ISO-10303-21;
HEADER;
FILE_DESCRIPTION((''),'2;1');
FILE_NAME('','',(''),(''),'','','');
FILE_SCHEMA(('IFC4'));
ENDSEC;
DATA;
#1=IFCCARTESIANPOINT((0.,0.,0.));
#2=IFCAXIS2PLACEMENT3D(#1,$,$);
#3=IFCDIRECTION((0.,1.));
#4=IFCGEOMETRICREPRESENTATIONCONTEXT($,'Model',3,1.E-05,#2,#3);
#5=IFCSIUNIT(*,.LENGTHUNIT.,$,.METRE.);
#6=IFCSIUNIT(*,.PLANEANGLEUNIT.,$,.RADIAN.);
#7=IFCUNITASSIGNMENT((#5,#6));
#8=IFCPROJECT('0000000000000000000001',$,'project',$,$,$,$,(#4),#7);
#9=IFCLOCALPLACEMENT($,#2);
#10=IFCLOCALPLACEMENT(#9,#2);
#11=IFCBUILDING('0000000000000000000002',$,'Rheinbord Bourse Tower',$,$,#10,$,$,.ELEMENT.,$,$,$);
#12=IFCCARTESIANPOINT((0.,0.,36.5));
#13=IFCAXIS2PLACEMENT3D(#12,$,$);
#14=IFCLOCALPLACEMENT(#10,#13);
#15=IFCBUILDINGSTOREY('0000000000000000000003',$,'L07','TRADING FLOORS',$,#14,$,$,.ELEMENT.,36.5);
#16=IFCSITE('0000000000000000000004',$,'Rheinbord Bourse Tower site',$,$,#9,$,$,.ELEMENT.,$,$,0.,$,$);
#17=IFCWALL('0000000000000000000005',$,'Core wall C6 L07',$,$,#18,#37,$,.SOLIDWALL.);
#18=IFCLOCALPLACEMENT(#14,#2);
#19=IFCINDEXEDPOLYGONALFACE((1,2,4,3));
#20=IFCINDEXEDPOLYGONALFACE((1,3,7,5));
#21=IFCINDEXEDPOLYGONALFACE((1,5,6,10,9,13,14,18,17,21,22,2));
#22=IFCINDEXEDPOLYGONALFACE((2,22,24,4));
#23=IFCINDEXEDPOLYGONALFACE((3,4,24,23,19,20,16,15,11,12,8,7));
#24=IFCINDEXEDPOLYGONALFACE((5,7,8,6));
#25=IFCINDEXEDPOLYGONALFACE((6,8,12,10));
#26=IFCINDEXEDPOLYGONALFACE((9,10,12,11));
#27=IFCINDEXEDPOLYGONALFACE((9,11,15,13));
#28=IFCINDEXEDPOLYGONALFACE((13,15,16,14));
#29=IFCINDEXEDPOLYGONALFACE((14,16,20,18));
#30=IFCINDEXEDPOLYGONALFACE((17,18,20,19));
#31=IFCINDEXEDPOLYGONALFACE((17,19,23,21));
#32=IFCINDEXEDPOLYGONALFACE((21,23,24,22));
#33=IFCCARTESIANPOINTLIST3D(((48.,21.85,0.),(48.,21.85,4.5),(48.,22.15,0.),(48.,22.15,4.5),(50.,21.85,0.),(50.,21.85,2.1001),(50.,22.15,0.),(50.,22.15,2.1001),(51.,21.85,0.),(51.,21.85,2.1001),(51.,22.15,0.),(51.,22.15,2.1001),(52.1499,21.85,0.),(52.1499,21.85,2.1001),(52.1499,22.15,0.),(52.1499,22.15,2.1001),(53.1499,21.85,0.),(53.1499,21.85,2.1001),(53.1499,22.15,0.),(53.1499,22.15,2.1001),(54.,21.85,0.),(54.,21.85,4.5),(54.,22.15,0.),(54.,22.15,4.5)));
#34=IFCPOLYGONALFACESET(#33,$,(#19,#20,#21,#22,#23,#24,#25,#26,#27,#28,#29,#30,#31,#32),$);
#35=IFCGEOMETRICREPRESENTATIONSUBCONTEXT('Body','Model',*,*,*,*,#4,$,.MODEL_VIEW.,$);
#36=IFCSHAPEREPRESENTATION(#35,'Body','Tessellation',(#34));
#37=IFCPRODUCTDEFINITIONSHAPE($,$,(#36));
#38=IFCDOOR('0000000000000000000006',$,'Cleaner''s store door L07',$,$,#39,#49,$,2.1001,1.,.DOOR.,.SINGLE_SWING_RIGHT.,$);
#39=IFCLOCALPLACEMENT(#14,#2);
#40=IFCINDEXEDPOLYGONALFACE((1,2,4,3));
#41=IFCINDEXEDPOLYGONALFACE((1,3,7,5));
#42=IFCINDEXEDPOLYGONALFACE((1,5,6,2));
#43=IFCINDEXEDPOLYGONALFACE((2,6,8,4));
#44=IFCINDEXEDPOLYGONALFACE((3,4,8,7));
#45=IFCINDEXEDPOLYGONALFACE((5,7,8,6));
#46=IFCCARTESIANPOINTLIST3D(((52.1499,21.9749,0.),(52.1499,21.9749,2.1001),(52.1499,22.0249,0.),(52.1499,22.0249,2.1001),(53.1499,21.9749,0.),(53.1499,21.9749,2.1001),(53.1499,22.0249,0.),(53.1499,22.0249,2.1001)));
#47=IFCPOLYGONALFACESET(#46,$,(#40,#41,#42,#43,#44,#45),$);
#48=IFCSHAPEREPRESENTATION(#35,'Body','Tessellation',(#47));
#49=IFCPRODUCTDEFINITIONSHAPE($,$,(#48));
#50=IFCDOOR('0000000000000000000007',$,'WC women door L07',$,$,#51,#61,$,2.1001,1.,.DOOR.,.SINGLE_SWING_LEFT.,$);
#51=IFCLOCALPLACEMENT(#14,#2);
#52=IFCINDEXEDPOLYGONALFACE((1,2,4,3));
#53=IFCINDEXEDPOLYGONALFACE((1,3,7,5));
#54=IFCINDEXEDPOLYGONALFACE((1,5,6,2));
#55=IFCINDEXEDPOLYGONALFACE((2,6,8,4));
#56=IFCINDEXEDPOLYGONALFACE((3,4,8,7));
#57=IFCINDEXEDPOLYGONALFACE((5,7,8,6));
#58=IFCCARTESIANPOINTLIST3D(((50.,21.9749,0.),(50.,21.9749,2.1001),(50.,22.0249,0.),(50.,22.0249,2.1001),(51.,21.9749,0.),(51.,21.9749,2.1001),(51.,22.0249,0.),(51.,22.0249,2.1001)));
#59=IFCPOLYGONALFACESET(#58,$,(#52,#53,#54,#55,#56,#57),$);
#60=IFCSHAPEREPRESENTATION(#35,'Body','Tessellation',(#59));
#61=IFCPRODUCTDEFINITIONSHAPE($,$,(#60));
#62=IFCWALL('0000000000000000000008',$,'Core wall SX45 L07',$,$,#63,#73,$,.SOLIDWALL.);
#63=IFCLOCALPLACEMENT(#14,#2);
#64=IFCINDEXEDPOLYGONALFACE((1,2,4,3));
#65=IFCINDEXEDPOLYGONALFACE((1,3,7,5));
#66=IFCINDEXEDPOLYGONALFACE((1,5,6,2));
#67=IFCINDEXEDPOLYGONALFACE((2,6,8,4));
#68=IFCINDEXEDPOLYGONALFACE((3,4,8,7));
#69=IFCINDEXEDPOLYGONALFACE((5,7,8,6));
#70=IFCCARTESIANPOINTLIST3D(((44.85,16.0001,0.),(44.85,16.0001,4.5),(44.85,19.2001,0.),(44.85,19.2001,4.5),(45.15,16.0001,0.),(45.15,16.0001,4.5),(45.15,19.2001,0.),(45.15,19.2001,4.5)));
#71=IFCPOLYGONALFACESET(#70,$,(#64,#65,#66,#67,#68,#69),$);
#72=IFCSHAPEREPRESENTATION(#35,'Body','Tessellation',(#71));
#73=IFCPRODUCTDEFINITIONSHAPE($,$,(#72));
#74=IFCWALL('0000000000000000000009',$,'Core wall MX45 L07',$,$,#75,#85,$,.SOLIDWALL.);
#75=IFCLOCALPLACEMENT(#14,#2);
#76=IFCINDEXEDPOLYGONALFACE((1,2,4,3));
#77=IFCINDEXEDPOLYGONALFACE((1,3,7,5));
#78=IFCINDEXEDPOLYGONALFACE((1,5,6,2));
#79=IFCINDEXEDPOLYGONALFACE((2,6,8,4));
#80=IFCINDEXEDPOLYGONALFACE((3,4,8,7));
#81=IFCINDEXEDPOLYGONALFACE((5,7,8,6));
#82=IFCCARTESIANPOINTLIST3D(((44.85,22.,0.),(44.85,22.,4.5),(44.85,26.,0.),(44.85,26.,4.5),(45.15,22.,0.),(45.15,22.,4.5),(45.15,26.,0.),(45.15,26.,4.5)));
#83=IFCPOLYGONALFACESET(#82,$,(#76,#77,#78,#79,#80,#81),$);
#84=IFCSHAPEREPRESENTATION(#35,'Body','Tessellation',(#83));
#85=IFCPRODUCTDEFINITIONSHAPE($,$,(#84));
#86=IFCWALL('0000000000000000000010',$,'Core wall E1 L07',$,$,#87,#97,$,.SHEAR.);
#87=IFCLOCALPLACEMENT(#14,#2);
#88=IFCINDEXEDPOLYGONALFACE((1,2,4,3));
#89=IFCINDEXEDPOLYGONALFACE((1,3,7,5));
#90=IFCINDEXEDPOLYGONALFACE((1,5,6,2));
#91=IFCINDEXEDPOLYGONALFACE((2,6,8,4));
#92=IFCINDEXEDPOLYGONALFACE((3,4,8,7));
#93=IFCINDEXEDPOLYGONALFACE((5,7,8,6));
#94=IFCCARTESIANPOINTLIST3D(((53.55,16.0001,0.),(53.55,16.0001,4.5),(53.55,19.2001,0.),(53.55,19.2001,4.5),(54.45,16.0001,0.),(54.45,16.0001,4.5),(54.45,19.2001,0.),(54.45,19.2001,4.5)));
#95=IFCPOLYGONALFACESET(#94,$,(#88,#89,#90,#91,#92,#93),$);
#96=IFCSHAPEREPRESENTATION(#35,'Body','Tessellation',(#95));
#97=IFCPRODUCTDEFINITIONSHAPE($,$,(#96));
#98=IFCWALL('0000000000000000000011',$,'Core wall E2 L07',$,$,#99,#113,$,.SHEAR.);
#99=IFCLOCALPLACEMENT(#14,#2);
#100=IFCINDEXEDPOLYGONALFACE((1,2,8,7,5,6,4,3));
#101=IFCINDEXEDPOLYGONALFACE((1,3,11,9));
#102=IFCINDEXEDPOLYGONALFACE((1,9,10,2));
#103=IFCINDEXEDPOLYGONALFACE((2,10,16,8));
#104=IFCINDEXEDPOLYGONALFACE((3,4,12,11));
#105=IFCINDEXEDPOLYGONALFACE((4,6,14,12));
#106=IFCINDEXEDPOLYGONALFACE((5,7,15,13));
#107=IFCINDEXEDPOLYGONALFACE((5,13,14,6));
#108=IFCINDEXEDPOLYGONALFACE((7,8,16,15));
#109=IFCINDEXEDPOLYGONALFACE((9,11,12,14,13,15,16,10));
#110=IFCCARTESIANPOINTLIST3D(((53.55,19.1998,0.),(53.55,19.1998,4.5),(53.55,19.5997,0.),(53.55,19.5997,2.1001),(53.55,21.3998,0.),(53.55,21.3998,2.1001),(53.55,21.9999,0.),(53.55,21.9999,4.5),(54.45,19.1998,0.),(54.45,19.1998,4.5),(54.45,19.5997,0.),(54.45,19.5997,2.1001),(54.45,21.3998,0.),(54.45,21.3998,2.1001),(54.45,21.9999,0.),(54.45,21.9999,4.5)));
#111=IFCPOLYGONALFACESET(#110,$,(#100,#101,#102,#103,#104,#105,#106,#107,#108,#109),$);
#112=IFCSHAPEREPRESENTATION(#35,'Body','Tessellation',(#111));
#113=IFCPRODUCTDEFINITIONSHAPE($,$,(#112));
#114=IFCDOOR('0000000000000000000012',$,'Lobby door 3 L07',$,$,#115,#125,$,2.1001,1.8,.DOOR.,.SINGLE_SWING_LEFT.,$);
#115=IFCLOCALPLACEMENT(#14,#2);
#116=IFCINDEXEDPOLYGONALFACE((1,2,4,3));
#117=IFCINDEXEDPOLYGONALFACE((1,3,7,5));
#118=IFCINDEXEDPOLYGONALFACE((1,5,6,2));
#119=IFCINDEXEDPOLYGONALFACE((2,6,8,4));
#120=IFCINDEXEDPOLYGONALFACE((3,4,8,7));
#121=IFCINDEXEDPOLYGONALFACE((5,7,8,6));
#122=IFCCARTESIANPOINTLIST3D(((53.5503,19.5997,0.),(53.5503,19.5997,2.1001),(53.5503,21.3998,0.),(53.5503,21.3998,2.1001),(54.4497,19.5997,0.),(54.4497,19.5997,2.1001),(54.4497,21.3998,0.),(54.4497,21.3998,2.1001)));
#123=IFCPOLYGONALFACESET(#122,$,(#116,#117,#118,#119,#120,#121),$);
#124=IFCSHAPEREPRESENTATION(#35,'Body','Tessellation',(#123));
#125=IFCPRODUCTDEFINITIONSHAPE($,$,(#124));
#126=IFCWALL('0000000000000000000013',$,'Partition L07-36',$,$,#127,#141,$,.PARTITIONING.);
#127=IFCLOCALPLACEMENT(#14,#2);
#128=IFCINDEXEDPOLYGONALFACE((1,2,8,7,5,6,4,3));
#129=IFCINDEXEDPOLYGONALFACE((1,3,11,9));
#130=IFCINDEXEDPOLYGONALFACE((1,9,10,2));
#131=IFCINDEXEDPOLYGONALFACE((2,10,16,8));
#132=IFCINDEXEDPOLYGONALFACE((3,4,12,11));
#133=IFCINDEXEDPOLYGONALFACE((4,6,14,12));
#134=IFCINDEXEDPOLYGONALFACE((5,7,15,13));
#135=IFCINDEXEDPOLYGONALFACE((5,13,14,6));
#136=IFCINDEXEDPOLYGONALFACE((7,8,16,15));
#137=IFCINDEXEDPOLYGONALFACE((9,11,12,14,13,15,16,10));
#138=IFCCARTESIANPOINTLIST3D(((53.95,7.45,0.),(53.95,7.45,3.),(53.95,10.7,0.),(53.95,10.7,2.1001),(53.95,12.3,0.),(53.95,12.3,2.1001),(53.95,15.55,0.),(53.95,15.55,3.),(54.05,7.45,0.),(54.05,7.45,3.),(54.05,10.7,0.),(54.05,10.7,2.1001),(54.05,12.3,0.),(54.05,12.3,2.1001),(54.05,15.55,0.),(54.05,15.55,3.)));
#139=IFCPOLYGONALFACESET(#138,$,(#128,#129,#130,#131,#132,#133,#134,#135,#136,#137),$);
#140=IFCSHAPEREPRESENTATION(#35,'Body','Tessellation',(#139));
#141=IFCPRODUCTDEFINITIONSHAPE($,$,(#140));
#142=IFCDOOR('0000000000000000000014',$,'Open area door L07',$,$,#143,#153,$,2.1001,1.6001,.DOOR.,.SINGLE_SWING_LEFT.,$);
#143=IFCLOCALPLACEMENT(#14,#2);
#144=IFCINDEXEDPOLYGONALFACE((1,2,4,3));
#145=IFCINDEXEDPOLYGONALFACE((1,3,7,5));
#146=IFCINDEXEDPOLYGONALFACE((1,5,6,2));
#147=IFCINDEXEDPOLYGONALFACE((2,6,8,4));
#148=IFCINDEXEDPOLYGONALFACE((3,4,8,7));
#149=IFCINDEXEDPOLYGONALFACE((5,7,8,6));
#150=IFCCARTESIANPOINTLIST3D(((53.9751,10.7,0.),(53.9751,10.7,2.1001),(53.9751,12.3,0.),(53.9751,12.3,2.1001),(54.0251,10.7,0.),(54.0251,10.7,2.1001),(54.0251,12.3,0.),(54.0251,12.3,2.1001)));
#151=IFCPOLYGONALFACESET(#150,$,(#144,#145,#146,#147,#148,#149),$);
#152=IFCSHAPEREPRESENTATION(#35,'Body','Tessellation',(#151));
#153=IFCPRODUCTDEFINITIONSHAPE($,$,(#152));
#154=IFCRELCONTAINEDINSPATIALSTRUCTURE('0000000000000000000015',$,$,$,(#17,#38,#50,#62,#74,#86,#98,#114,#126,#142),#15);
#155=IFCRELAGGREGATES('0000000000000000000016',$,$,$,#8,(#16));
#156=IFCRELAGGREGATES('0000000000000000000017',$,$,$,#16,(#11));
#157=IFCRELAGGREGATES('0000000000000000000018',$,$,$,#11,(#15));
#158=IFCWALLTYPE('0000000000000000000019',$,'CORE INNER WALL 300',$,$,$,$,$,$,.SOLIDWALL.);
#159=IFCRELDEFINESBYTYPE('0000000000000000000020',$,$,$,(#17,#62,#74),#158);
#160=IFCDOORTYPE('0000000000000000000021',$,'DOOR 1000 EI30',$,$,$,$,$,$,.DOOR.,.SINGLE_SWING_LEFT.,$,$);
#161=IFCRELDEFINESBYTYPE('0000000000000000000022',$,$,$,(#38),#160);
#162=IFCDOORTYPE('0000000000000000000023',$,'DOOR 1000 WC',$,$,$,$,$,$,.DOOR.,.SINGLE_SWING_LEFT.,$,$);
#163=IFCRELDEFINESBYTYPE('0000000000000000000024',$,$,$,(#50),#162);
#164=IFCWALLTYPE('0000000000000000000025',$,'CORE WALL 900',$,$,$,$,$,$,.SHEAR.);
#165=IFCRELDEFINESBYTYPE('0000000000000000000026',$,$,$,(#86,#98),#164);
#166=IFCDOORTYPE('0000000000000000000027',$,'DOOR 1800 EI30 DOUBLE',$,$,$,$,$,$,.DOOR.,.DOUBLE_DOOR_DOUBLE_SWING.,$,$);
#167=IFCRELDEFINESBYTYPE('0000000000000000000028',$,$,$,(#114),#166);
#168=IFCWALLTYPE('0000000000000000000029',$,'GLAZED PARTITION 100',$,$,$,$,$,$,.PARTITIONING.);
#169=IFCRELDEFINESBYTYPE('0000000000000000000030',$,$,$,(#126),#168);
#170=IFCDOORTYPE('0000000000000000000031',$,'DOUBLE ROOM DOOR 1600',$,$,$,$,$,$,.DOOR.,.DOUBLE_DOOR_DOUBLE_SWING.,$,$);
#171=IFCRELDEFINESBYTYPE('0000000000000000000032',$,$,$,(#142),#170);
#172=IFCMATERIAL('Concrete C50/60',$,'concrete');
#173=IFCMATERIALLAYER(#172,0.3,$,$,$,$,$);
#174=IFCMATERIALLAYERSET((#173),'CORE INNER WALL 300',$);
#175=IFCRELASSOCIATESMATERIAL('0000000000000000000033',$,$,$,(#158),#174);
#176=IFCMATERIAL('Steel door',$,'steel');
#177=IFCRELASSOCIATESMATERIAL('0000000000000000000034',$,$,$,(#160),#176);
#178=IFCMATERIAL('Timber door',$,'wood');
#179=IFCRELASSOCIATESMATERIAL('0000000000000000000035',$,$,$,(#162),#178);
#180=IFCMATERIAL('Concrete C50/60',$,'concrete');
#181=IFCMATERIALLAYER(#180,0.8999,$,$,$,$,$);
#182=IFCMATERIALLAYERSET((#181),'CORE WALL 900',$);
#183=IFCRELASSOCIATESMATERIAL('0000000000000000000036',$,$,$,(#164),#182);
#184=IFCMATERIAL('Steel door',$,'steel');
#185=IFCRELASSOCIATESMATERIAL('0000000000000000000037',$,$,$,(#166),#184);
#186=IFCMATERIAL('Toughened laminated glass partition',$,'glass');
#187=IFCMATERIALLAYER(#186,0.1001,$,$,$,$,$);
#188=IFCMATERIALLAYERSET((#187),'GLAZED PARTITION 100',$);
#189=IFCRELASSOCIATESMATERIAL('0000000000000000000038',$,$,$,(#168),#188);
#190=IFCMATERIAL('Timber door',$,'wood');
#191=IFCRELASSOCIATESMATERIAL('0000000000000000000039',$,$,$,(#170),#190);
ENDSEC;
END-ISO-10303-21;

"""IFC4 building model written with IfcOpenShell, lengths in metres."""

from ifc_helpers import new_model, si_unit, direction, frame, frame_2d, origin, place, context, subcontext, project, spatial, rectangle, extrude, material, layer, layer_set, type_object, element, fill, save


model = new_model("IFC4")

# Units and contexts
model_context = context("Model", 3, precision=1e-05, world=origin(), true_north=direction((0.0, 1.0)))
body_context = subcontext(model_context, "Body", "Model", "MODEL_VIEW")
ifc_project = project(units=[si_unit("LENGTHUNIT", "METRE"), si_unit("PLANEANGLEUNIT", "RADIAN")], contexts=[model_context])

# Site, building, storey
site_placement = place(None, origin())
site = spatial("IfcSite", under=ifc_project, at=site_placement, Name="Rheinbord Bourse Tower site", CompositionType="ELEMENT", RefElevation=0.0)
building_placement = place(site_placement, origin())
building = spatial("IfcBuilding", under=site, at=building_placement, Name="Rheinbord Bourse Tower", CompositionType="ELEMENT")
storey_placement = place(building_placement, frame((0.0, 0.0, 36.5)))
storey = spatial("IfcBuildingStorey", under=building, at=storey_placement, Name="L07", Description="TRADING FLOORS", CompositionType="ELEMENT", Elevation=36.5)

# Shared definitions
ifc_material_1 = material(Name="Concrete C50/60", Category="concrete")
ifc_layer_1 = layer(ifc_material_1, 0.3)
ifc_layer_set_1 = layer_set([ifc_layer_1], Name="CORE INNER WALL 300")
wall_type_1 = type_object("IfcWallType", Name="CORE INNER WALL 300", PredefinedType="SOLIDWALL", material=ifc_layer_set_1)
ifc_material_2 = material(Name="Steel door", Category="steel")
door_type_1 = type_object("IfcDoorType", Name="DOOR 1000 EI30", OperationType="SINGLE_SWING_LEFT", PredefinedType="DOOR", material=ifc_material_2)
ifc_material_3 = material(Name="Timber door", Category="wood")
door_type_2 = type_object("IfcDoorType", Name="DOOR 1000 WC", OperationType="SINGLE_SWING_LEFT", PredefinedType="DOOR", material=ifc_material_3)

# Wall, openings, doors
wall_1_placement = place(storey_placement, frame((48.0, 22.0, 0.0), z_axis=(0.0, 0.0, 1.0), x_axis=(1.0, 0.0, 0.0)))
wall_1 = element("IfcWall", 1, at=wall_1_placement, inside=storey, type_object=wall_type_1, Name="Core wall C6 L07", PredefinedType="SOLIDWALL", context=body_context, shape_type="SweptSolid", body=[
    extrude(rectangle(XDim=6.0, YDim=0.3, at=frame_2d((3.0, 0.0))), origin(), (0.0, 0.0, 1.0), 4.5),
])
opening_1_placement = place(wall_1_placement, frame((2.0, 0.0, 0.0)))
opening_1 = element("IfcOpeningElement", 2, at=opening_1_placement, cuts=wall_1, PredefinedType="OPENING", context=body_context, shape_type="SweptSolid", body=[
    extrude(rectangle(XDim=1.0, YDim=2.1001, at=frame_2d((0.5, 1.05))), frame((0.0, 0.1599, 0.0), z_axis=(0.0, -1.0, 0.0), x_axis=(1.0, 0.0, 0.0)), (0.0, 0.0, 1.0), 0.3201),
])
opening_2_placement = place(wall_1_placement, frame((4.1499, 0.0, 0.0)))
opening_2 = element("IfcOpeningElement", 3, at=opening_2_placement, cuts=wall_1, PredefinedType="OPENING", context=body_context, shape_type="SweptSolid", body=[
    extrude(rectangle(XDim=1.0, YDim=2.1001, at=frame_2d((0.5, 1.05))), frame((0.0, 0.1599, 0.0), z_axis=(0.0, -1.0, 0.0), x_axis=(1.0, 0.0, 0.0)), (0.0, 0.0, 1.0), 0.3201),
])
door_1_placement = place(opening_2_placement, origin())
door_1 = element("IfcDoor", 4, at=door_1_placement, inside=storey, type_object=door_type_1, Name="Cleaner's store door L07", OperationType="SINGLE_SWING_RIGHT", OverallHeight=2.1001, OverallWidth=1.0, PredefinedType="DOOR", context=body_context, shape_type="SweptSolid", body=[
    extrude(rectangle(XDim=1.0, YDim=2.1001, at=frame_2d((0.5, 1.05))), frame((0.0, 0.0249, 0.0), z_axis=(0.0, -1.0, 0.0), x_axis=(1.0, 0.0, 0.0)), (0.0, 0.0, 1.0), 0.05),
])
fill(opening_2, door_1)
door_2_placement = place(opening_1_placement, origin())
door_2 = element("IfcDoor", 5, at=door_2_placement, inside=storey, type_object=door_type_2, Name="WC women door L07", OperationType="SINGLE_SWING_LEFT", OverallHeight=2.1001, OverallWidth=1.0, PredefinedType="DOOR", context=body_context, shape_type="SweptSolid", body=[
    extrude(rectangle(XDim=1.0, YDim=2.1001, at=frame_2d((0.5, 1.05))), frame((0.0, 0.0249, 0.0), z_axis=(0.0, -1.0, 0.0), x_axis=(1.0, 0.0, 0.0)), (0.0, 0.0, 1.0), 0.05),
])
fill(opening_1, door_2)

# Walls
wall_2_placement = place(storey_placement, frame((45.0, 16.0, 0.0), z_axis=(0.0, 0.0, 1.0), x_axis=(0.0, 1.0, 0.0)))
element("IfcWall", 6, at=wall_2_placement, inside=storey, type_object=wall_type_1, Name="Core wall SX45 L07", PredefinedType="SOLIDWALL", context=body_context, shape_type="SweptSolid", body=[
    extrude(rectangle(XDim=3.2, YDim=0.3, at=frame_2d((1.6001, 0.0))), origin(), (0.0, 0.0, 1.0), 4.5),
])
wall_3_placement = place(storey_placement, frame((45.0, 22.0, 0.0), z_axis=(0.0, 0.0, 1.0), x_axis=(0.0, 1.0, 0.0)))
element("IfcWall", 7, at=wall_3_placement, inside=storey, type_object=wall_type_1, Name="Core wall MX45 L07", PredefinedType="SOLIDWALL", context=body_context, shape_type="SweptSolid", body=[
    extrude(rectangle(XDim=4.0, YDim=0.3, at=frame_2d((2.0, 0.0))), origin(), (0.0, 0.0, 1.0), 4.5),
])
ifc_material_4 = material(Name="Concrete C50/60", Category="concrete")
ifc_layer_2 = layer(ifc_material_4, 0.8999)
ifc_layer_set_2 = layer_set([ifc_layer_2], Name="CORE WALL 900")
wall_type_2 = type_object("IfcWallType", Name="CORE WALL 900", PredefinedType="SHEAR", material=ifc_layer_set_2)
wall_4_placement = place(storey_placement, frame((54.0, 16.0, 0.0), z_axis=(0.0, 0.0, 1.0), x_axis=(0.0, 1.0, 0.0)))
element("IfcWall", 8, at=wall_4_placement, inside=storey, type_object=wall_type_2, Name="Core wall E1 L07", PredefinedType="SHEAR", context=body_context, shape_type="SweptSolid", body=[
    extrude(rectangle(XDim=3.2, YDim=0.8999, at=frame_2d((1.6001, 0.0))), origin(), (0.0, 0.0, 1.0), 4.5),
])

# Walls, openings, doors
wall_5_placement = place(storey_placement, frame((54.0, 19.2, 0.0), z_axis=(0.0, 0.0, 1.0), x_axis=(0.0, 1.0, 0.0)))
wall_5 = element("IfcWall", 9, at=wall_5_placement, inside=storey, type_object=wall_type_2, Name="Core wall E2 L07", PredefinedType="SHEAR", context=body_context, shape_type="SweptSolid", body=[
    extrude(rectangle(XDim=2.8, YDim=0.8999, at=frame_2d((1.3999, 0.0))), origin(), (0.0, 0.0, 1.0), 4.5),
])
opening_3_placement = place(wall_5_placement, frame((0.3999, 0.0, 0.0)))
opening_3 = element("IfcOpeningElement", 10, at=opening_3_placement, cuts=wall_5, PredefinedType="OPENING", context=body_context, shape_type="SweptSolid", body=[
    extrude(rectangle(XDim=1.8, YDim=2.1001, at=frame_2d((0.8999, 1.05))), frame((0.0, 0.46, 0.0), z_axis=(0.0, -1.0, 0.0), x_axis=(1.0, 0.0, 0.0)), (0.0, 0.0, 1.0), 0.9199),
])
ifc_material_5 = material(Name="Steel door", Category="steel")
door_type_3 = type_object("IfcDoorType", Name="DOOR 1800 EI30 DOUBLE", OperationType="DOUBLE_DOOR_DOUBLE_SWING", PredefinedType="DOOR", material=ifc_material_5)
door_3_placement = place(opening_3_placement, origin())
door_3 = element("IfcDoor", 11, at=door_3_placement, inside=storey, type_object=door_type_3, Name="Lobby door 3 L07", OperationType="SINGLE_SWING_LEFT", OverallHeight=2.1001, OverallWidth=1.8, PredefinedType="DOOR", context=body_context, shape_type="SweptSolid", body=[
    extrude(rectangle(XDim=1.8, YDim=2.1001, at=frame_2d((0.8999, 1.05))), frame((0.0, 0.4497, 0.0), z_axis=(0.0, -1.0, 0.0), x_axis=(1.0, 0.0, 0.0)), (0.0, 0.0, 1.0), 0.8994),
])
fill(opening_3, door_3)
ifc_material_6 = material(Name="Toughened laminated glass partition", Category="glass")
ifc_layer_3 = layer(ifc_material_6, 0.1001)
ifc_layer_set_3 = layer_set([ifc_layer_3], Name="GLAZED PARTITION 100")
wall_type_3 = type_object("IfcWallType", Name="GLAZED PARTITION 100", PredefinedType="PARTITIONING", material=ifc_layer_set_3)
wall_6_placement = place(storey_placement, frame((54.0, 7.45, 0.0), z_axis=(0.0, 0.0, 1.0), x_axis=(0.0, 1.0, 0.0)))
wall_6 = element("IfcWall", 12, at=wall_6_placement, inside=storey, type_object=wall_type_3, Name="Partition L07-36", PredefinedType="PARTITIONING", context=body_context, shape_type="SweptSolid", body=[
    extrude(rectangle(XDim=8.1001, YDim=0.1001, at=frame_2d((4.05, 0.0))), origin(), (0.0, 0.0, 1.0), 3.0),
])
opening_4_placement = place(wall_6_placement, frame((3.25, 0.0, 0.0)))
opening_4 = element("IfcOpeningElement", 13, at=opening_4_placement, cuts=wall_6, PredefinedType="OPENING", context=body_context, shape_type="SweptSolid", body=[
    extrude(rectangle(XDim=1.6001, YDim=2.1001, at=frame_2d((0.8, 1.05))), frame((0.0, 0.0601, 0.0), z_axis=(0.0, -1.0, 0.0), x_axis=(1.0, 0.0, 0.0)), (0.0, 0.0, 1.0), 0.1201),
])
ifc_material_7 = material(Name="Timber door", Category="wood")
door_type_4 = type_object("IfcDoorType", Name="DOUBLE ROOM DOOR 1600", OperationType="DOUBLE_DOOR_DOUBLE_SWING", PredefinedType="DOOR", material=ifc_material_7)
door_4_placement = place(opening_4_placement, origin())
door_4 = element("IfcDoor", 14, at=door_4_placement, inside=storey, type_object=door_type_4, Name="Open area door L07", OperationType="SINGLE_SWING_LEFT", OverallHeight=2.1001, OverallWidth=1.6001, PredefinedType="DOOR", context=body_context, shape_type="SweptSolid", body=[
    extrude(rectangle(XDim=1.6001, YDim=2.1001, at=frame_2d((0.8, 1.05))), frame((0.0, 0.0249, 0.0), z_axis=(0.0, -1.0, 0.0), x_axis=(1.0, 0.0, 0.0)), (0.0, 0.0, 1.0), 0.05),
])
fill(opening_4, door_4)

save(model, "model.ifc")
